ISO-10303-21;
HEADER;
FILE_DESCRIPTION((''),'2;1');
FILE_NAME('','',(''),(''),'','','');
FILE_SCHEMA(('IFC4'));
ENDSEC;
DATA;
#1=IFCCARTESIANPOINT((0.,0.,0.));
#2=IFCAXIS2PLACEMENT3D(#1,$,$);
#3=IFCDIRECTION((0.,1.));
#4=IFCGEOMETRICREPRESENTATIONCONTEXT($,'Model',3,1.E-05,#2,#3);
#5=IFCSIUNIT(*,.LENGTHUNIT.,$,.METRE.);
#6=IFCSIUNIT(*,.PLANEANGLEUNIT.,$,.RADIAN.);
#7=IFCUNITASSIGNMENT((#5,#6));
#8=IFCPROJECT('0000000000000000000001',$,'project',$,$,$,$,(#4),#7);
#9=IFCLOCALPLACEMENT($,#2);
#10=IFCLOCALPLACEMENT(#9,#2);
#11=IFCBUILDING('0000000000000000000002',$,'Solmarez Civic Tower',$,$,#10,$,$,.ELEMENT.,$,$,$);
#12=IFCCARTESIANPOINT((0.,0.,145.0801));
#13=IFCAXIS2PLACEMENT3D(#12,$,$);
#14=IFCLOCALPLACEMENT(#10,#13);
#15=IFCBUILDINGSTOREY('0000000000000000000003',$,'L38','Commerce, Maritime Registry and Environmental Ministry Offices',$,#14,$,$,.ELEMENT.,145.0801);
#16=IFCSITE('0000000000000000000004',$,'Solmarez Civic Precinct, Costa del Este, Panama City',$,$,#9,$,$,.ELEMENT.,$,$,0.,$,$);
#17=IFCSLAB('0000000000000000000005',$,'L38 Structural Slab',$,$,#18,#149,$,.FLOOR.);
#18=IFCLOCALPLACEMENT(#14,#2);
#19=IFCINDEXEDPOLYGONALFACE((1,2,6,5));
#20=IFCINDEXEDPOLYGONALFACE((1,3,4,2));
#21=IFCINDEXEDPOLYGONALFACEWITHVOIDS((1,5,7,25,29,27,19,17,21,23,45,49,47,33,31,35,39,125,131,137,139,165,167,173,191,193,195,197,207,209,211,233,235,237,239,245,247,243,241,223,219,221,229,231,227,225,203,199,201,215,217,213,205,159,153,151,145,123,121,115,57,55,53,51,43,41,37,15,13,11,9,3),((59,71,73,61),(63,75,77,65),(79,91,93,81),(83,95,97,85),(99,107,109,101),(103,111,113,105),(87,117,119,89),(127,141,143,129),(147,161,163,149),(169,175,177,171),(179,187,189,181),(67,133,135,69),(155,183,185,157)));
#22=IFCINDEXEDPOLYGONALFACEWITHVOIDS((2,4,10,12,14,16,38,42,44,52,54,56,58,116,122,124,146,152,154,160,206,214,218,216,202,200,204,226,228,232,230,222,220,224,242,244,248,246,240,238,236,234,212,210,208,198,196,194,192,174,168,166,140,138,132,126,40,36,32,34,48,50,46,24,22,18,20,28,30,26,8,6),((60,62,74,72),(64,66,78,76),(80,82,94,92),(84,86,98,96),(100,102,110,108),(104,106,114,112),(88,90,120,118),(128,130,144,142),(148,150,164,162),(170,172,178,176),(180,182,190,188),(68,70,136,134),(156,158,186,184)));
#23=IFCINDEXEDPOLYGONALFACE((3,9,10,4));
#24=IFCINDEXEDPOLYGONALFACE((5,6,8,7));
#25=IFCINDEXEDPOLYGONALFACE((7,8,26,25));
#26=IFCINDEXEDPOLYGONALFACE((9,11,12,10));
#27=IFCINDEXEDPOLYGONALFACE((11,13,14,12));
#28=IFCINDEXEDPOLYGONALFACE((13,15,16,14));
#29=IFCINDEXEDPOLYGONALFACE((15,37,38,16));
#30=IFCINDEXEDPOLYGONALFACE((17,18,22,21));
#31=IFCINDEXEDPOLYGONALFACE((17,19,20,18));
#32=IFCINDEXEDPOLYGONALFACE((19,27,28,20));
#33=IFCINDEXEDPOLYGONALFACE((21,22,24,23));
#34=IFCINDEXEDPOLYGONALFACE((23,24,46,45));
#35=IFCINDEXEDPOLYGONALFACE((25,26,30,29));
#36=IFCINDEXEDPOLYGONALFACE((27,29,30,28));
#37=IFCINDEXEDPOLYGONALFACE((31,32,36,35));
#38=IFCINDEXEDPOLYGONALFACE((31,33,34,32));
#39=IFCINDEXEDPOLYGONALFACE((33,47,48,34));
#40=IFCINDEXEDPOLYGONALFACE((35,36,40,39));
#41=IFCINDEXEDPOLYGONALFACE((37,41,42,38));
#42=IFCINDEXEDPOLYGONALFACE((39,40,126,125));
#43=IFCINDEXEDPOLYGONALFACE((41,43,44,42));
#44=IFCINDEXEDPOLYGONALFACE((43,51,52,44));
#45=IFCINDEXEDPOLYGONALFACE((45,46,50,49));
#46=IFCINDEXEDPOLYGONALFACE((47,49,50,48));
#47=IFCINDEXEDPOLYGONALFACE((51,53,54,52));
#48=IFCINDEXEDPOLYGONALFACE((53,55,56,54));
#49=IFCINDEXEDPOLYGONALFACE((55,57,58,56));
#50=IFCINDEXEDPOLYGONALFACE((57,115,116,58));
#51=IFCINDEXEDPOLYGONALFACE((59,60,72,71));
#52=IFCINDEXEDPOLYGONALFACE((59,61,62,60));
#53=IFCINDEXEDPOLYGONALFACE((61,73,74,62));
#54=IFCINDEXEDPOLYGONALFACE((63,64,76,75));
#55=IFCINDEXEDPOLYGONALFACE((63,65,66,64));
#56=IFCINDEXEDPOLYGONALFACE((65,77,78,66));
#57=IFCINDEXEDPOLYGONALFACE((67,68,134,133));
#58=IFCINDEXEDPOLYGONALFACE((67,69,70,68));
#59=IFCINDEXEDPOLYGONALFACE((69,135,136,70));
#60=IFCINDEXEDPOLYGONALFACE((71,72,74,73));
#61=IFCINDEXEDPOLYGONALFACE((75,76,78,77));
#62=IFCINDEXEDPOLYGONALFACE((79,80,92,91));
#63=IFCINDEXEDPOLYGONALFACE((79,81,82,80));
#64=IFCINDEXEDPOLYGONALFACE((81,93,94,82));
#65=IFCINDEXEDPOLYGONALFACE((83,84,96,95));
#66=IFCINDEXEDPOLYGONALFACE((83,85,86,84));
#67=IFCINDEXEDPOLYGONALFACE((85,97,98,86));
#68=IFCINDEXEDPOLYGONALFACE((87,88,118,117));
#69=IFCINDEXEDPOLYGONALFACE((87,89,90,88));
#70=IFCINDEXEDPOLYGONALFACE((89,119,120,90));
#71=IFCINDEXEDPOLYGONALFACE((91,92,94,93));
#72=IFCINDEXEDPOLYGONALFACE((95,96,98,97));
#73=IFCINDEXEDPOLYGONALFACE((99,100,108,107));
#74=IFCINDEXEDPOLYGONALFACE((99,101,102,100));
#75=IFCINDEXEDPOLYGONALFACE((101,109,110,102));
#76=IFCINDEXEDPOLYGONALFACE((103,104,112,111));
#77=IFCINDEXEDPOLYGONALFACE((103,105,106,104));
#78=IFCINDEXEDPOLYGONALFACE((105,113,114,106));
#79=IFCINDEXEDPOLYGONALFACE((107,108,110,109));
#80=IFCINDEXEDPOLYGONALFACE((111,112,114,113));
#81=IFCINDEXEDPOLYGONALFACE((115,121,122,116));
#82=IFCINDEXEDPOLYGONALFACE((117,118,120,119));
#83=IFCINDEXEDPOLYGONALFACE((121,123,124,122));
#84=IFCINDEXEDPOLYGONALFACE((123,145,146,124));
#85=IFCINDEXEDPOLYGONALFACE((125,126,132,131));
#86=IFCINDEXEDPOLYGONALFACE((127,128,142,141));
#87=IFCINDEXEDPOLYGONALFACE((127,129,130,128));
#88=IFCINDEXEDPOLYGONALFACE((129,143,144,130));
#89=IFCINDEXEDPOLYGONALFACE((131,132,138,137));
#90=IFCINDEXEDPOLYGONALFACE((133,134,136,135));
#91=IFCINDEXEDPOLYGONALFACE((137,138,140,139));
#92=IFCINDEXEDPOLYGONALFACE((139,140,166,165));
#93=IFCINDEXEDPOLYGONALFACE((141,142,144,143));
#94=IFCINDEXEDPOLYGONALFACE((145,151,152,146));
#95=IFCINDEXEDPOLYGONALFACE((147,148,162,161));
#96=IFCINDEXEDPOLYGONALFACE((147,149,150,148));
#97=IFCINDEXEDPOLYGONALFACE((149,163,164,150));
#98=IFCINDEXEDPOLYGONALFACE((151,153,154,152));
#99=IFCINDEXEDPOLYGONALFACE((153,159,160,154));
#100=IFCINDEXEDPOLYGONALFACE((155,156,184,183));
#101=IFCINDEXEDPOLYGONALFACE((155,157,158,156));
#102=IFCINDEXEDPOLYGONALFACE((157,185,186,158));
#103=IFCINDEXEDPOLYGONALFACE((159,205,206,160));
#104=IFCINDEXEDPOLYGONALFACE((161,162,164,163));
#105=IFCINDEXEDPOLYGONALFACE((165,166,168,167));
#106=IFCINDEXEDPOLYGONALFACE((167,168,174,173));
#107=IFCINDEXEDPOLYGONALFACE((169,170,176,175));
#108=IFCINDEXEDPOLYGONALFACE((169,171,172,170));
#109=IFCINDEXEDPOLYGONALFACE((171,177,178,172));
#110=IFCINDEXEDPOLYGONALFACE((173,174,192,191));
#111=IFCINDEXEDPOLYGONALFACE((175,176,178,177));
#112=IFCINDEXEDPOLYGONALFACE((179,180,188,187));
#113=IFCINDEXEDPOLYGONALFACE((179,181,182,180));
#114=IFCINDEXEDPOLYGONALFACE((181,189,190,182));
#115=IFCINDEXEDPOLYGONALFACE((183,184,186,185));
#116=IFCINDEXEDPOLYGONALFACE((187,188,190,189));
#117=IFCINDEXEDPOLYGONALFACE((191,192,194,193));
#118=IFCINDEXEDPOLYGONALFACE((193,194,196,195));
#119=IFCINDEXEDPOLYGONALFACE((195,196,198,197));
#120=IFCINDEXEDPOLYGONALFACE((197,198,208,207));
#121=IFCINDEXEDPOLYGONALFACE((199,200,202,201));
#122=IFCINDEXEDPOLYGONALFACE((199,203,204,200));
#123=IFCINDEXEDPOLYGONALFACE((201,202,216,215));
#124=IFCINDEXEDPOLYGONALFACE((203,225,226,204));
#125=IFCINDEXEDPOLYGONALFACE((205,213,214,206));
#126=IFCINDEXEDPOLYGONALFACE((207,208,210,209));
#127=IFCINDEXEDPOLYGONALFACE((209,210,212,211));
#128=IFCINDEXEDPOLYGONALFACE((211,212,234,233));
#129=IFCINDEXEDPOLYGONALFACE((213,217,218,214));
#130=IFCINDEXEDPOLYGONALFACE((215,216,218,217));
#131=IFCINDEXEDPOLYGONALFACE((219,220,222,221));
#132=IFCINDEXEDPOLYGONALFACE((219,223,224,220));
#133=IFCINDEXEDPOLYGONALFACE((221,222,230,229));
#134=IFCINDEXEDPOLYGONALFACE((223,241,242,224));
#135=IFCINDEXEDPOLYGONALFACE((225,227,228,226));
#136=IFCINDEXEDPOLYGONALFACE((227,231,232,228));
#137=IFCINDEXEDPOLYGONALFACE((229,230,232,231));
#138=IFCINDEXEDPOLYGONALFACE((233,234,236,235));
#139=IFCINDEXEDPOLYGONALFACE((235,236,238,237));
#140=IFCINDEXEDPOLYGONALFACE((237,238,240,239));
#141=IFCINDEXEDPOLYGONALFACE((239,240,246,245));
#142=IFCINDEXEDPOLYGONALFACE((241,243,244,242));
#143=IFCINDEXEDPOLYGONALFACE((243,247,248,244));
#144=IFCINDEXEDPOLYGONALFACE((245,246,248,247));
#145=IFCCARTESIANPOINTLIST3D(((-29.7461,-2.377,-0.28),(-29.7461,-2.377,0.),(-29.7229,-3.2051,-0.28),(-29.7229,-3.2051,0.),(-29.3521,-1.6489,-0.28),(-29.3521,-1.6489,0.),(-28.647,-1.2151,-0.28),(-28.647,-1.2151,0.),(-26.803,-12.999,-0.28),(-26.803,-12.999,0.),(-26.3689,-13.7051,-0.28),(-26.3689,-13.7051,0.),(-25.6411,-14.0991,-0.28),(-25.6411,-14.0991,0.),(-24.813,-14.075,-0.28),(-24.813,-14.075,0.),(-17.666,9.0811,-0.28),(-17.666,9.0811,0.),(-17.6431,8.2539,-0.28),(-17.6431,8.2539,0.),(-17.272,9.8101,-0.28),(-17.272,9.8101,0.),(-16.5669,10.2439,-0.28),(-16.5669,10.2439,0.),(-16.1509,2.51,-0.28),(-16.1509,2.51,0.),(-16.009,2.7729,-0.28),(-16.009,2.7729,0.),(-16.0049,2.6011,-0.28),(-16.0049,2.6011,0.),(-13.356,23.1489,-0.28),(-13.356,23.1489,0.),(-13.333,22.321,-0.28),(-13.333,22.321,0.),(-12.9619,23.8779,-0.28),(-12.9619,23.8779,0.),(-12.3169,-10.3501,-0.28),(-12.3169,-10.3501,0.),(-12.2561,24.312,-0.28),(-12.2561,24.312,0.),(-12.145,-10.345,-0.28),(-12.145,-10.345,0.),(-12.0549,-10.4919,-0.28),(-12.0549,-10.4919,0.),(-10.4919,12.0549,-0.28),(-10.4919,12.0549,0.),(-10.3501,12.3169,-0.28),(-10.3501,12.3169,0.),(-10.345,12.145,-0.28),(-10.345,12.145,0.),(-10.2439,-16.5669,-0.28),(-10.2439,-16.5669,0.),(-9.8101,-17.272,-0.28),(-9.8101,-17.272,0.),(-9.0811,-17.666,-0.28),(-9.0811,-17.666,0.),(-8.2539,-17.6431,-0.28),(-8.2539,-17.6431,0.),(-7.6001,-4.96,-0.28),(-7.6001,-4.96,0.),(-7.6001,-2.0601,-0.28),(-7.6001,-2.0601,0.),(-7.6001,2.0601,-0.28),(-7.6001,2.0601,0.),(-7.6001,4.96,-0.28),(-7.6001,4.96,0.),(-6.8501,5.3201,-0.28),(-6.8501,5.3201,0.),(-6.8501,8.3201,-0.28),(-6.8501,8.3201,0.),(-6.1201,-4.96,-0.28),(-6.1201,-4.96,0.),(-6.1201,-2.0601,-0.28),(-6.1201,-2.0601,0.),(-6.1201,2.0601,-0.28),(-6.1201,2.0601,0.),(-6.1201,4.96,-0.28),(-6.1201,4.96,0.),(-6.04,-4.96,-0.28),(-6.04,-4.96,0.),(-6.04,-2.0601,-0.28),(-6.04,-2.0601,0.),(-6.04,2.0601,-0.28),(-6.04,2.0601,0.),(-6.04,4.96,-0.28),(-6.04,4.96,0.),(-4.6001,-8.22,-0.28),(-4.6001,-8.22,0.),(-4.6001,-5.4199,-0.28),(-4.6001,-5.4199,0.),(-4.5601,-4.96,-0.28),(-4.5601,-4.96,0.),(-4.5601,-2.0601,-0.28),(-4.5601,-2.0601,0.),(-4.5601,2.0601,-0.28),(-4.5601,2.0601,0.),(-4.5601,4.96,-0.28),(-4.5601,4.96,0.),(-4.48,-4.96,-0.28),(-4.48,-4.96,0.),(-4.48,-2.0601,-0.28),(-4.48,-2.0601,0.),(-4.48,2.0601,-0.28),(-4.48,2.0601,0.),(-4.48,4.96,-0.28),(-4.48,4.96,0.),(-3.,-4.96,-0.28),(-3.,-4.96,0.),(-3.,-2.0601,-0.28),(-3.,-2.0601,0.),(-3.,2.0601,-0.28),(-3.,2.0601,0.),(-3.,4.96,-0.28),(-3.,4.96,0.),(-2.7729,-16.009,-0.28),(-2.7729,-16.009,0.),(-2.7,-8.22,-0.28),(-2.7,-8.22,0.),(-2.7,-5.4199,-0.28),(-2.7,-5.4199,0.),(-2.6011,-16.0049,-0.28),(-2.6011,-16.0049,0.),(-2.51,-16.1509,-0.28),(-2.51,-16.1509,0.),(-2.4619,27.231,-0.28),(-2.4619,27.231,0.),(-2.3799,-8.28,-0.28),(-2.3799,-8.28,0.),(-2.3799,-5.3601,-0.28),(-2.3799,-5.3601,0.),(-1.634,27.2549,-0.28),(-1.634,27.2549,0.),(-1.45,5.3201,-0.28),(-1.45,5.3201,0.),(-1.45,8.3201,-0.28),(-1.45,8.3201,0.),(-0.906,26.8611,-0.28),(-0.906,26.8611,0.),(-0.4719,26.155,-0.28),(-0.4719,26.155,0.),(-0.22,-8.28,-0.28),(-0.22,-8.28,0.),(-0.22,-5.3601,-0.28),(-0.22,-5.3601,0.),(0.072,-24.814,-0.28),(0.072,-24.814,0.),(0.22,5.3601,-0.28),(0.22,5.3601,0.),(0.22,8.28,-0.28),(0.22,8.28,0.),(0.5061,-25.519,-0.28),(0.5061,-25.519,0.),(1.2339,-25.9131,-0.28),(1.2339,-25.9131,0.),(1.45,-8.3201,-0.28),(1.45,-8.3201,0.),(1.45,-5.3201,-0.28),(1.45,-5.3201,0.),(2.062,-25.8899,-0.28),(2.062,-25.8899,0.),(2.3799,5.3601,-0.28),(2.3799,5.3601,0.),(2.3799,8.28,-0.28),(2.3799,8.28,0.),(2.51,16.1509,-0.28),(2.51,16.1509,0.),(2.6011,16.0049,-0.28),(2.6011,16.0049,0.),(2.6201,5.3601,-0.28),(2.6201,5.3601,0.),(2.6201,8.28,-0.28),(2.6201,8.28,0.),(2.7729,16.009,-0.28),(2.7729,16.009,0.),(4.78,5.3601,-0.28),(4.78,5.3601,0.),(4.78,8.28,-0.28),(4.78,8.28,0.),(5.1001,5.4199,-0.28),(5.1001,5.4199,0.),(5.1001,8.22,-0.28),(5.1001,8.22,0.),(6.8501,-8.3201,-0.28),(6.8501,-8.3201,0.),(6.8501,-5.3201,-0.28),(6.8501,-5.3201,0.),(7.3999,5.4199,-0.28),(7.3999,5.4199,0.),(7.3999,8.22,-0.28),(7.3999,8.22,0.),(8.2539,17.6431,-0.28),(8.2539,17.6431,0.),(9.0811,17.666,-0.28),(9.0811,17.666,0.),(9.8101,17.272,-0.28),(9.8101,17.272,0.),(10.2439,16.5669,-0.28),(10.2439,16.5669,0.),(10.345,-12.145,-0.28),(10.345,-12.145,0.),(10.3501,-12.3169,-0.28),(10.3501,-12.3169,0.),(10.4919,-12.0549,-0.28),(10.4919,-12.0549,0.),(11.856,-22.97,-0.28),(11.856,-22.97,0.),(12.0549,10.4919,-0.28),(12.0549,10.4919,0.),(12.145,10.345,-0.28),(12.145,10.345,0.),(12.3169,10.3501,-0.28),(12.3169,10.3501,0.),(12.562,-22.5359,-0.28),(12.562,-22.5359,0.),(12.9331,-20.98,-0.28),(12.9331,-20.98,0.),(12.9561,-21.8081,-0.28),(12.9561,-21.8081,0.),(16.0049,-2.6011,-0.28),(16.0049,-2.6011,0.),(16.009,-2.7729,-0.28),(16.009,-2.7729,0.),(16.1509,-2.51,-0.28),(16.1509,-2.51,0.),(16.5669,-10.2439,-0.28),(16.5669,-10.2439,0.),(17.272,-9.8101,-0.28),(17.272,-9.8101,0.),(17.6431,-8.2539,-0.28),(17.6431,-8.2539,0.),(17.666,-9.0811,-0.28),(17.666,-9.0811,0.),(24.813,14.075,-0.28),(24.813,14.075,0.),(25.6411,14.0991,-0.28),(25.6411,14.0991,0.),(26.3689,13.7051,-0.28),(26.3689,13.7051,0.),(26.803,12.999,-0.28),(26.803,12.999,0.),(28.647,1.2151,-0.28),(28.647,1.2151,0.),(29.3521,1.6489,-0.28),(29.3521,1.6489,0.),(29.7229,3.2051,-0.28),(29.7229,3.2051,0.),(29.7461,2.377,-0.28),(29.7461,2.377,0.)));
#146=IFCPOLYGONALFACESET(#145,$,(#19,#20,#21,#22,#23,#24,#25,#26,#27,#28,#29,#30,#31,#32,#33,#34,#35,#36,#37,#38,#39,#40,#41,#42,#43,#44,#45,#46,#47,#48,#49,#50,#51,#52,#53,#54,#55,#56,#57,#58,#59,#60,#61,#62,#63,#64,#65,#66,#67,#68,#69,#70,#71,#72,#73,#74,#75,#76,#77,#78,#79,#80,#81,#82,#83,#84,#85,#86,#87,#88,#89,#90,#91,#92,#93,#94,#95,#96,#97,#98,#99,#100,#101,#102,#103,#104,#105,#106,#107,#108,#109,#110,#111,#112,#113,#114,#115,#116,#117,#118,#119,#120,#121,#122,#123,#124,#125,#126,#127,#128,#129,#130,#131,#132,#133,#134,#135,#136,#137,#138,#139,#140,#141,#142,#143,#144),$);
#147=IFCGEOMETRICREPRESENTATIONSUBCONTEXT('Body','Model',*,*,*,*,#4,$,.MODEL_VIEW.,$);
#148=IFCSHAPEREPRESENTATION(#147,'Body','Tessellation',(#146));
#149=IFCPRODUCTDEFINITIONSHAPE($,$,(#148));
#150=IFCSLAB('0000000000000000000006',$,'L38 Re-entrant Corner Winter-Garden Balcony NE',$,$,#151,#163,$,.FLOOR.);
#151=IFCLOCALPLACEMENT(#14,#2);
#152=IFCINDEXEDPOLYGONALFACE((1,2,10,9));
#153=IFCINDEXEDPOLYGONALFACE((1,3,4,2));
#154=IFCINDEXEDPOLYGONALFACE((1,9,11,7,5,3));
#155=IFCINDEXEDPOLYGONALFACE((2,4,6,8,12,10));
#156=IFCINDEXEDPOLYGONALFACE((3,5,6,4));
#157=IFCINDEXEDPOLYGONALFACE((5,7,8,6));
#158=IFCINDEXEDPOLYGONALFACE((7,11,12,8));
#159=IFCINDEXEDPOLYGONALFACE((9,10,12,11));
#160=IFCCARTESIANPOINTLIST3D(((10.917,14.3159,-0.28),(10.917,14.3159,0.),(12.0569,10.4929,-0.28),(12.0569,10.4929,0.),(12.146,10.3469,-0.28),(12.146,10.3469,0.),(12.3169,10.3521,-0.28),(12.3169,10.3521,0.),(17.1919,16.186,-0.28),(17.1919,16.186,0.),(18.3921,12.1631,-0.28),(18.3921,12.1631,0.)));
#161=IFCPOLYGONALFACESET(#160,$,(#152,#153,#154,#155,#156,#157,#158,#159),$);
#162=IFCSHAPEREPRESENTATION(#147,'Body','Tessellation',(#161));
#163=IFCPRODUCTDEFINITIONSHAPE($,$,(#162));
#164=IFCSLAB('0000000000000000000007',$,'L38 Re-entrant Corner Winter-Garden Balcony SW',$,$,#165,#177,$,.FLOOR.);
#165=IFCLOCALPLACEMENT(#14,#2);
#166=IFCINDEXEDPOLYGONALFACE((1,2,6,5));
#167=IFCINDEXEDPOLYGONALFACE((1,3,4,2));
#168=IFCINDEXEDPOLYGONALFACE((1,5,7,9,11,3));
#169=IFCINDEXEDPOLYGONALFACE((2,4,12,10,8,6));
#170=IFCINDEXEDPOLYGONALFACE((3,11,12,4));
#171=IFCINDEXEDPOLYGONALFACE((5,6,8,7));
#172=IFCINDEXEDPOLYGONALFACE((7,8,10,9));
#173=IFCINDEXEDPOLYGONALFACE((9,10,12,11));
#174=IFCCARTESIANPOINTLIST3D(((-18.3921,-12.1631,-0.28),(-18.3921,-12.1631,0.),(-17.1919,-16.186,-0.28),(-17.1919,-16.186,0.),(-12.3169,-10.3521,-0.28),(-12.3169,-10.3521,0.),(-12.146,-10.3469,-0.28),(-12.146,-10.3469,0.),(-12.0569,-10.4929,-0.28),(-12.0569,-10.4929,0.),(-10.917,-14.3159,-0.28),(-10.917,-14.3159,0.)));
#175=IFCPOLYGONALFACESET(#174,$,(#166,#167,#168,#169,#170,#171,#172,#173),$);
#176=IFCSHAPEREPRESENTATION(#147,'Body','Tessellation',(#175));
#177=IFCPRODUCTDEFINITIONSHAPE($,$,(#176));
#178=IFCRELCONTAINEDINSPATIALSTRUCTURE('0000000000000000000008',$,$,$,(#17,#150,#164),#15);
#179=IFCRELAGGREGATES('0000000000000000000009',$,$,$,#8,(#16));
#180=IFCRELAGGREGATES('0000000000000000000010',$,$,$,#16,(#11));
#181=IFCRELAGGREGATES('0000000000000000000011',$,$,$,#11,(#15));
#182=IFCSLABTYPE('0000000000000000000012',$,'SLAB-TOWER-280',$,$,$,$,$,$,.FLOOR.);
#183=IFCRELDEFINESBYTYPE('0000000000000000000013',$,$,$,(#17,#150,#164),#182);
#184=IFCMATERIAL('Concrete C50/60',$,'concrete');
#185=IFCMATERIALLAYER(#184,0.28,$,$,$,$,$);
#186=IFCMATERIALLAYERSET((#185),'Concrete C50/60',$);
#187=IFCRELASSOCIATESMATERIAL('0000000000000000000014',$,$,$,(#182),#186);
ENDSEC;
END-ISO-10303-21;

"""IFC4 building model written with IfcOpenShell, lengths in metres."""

from ifc_helpers import new_model, si_unit, direction, frame, origin, place, context, subcontext, project, spatial, polyline, outline, extrude, material, layer, layer_set, type_object, element, save


model = new_model("IFC4")

# Units and contexts
model_context = context("Model", 3, precision=1e-05, world=origin(), true_north=direction((0.0, 1.0)))
body_context = subcontext(model_context, "Body", "Model", "MODEL_VIEW")
ifc_project = project(units=[si_unit("LENGTHUNIT", "METRE"), si_unit("PLANEANGLEUNIT", "RADIAN")], contexts=[model_context])

# Site, building, storey
site_placement = place(None, origin())
site = spatial("IfcSite", under=ifc_project, at=site_placement, Name="Solmarez Civic Precinct, Costa del Este, Panama City", CompositionType="ELEMENT", RefElevation=0.0)
building_placement = place(site_placement, origin())
building = spatial("IfcBuilding", under=site, at=building_placement, Name="Solmarez Civic Tower", CompositionType="ELEMENT")
storey_placement = place(building_placement, frame((0.0, 0.0, 145.0801)))
storey = spatial("IfcBuildingStorey", under=building, at=storey_placement, Name="L38", Description="Commerce, Maritime Registry and Environmental Ministry Offices", CompositionType="ELEMENT", Elevation=145.0801)

# Shared definitions
ifc_material_1 = material(Name="Concrete C50/60", Category="concrete")

# Slabs
ifc_layer_1 = layer(ifc_material_1, 0.28)
ifc_layer_set_1 = layer_set([ifc_layer_1], Name="Concrete C50/60")
slab_type = type_object("IfcSlabType", Name="SLAB-TOWER-280", PredefinedType="FLOOR", material=ifc_layer_set_1)
slab_1_placement = place(storey_placement, frame((0.0, 0.0, -0.28)))
element("IfcSlab", 1, at=slab_1_placement, inside=storey, type_object=slab_type, Name="L38 Structural Slab", PredefinedType="FLOOR", context=body_context, shape_type="SweptSolid", body=[
    extrude(outline(polyline([(-12.0549, -10.4919), (-10.2439, -16.5669), (-9.8101, -17.272), (-9.0811, -17.666), (-8.2539, -17.6431), (-2.7729, -16.009), (-2.6011, -16.0049), (-2.51, -16.1509), (0.072, -24.814), (0.5061, -25.519), (1.2339, -25.9131), (2.062, -25.8899), (11.856, -22.97), (12.562, -22.5359), (12.9561, -21.8081), (12.9331, -20.98), (10.3501, -12.3169), (10.345, -12.145), (10.4919, -12.0549), (16.5669, -10.2439), (17.272, -9.8101), (17.666, -9.0811), (17.6431, -8.2539), (16.009, -2.7729), (16.0049, -2.6011), (16.1509, -2.51), (28.647, 1.2151), (29.3521, 1.6489), (29.7461, 2.377), (29.7229, 3.2051), (26.803, 12.999), (26.3689, 13.7051), (25.6411, 14.0991), (24.813, 14.075), (12.3169, 10.3501), (12.145, 10.345), (12.0549, 10.4919), (10.2439, 16.5669), (9.8101, 17.272), (9.0811, 17.666), (8.2539, 17.6431), (2.7729, 16.009), (2.6011, 16.0049), (2.51, 16.1509), (-0.4719, 26.155), (-0.906, 26.8611), (-1.634, 27.2549), (-2.4619, 27.231), (-12.2561, 24.312), (-12.9619, 23.8779), (-13.356, 23.1489), (-13.333, 22.321), (-10.3501, 12.3169), (-10.345, 12.145), (-10.4919, 12.0549), (-16.5669, 10.2439), (-17.272, 9.8101), (-17.666, 9.0811), (-17.6431, 8.2539), (-16.009, 2.7729), (-16.0049, 2.6011), (-16.1509, 2.51), (-28.647, -1.2151), (-29.3521, -1.6489), (-29.7461, -2.377), (-29.7229, -3.2051), (-26.803, -12.999), (-26.3689, -13.7051), (-25.6411, -14.0991), (-24.813, -14.075), (-12.3169, -10.3501), (-12.145, -10.345), (-12.0549, -10.4919)]), holes=[polyline([(-1.45, 8.3201), (-6.8501, 8.3201), (-6.8501, 5.3201), (-1.45, 5.3201), (-1.45, 8.3201)]), polyline([(1.45, -8.3201), (6.8501, -8.3201), (6.8501, -5.3201), (1.45, -5.3201), (1.45, -8.3201)]), polyline([(0.22, 5.3601), (2.3799, 5.3601), (2.3799, 8.28), (0.22, 8.28), (0.22, 5.3601)]), polyline([(2.6201, 5.3601), (4.78, 5.3601), (4.78, 8.28), (2.6201, 8.28), (2.6201, 5.3601)]), polyline([(-2.3799, -8.28), (-0.22, -8.28), (-0.22, -5.3601), (-2.3799, -5.3601), (-2.3799, -8.28)]), polyline([(-7.6001, -4.96), (-6.1201, -4.96), (-6.1201, -2.0601), (-7.6001, -2.0601), (-7.6001, -4.96)]), polyline([(-6.04, -4.96), (-4.5601, -4.96), (-4.5601, -2.0601), (-6.04, -2.0601), (-6.04, -4.96)]), polyline([(-4.48, -4.96), (-3.0, -4.96), (-3.0, -2.0601), (-4.48, -2.0601), (-4.48, -4.96)]), polyline([(-7.6001, 2.0601), (-6.1201, 2.0601), (-6.1201, 4.96), (-7.6001, 4.96), (-7.6001, 2.0601)]), polyline([(-6.04, 2.0601), (-4.5601, 2.0601), (-4.5601, 4.96), (-6.04, 4.96), (-6.04, 2.0601)]), polyline([(-4.48, 2.0601), (-3.0, 2.0601), (-3.0, 4.96), (-4.48, 4.96), (-4.48, 2.0601)]), polyline([(5.1001, 5.4199), (7.3999, 5.4199), (7.3999, 8.22), (5.1001, 8.22), (5.1001, 5.4199)]), polyline([(-4.6001, -8.22), (-2.7, -8.22), (-2.7, -5.4199), (-4.6001, -5.4199), (-4.6001, -8.22)])]), origin(), (0.0, 0.0, 1.0), 0.28),
])
slab_2_placement = place(storey_placement, frame((0.0, 0.0, -0.28)))
element("IfcSlab", 2, at=slab_2_placement, inside=storey, type_object=slab_type, Name="L38 Re-entrant Corner Winter-Garden Balcony NE", PredefinedType="FLOOR", context=body_context, shape_type="SweptSolid", body=[
    extrude(outline(polyline([(10.917, 14.3159), (12.0569, 10.4929), (12.146, 10.3469), (12.3169, 10.3521), (18.3921, 12.1631), (17.1919, 16.186), (10.917, 14.3159)])), origin(), (0.0, 0.0, 1.0), 0.28),
])
slab_3_placement = place(storey_placement, frame((0.0, 0.0, -0.28)))
element("IfcSlab", 3, at=slab_3_placement, inside=storey, type_object=slab_type, Name="L38 Re-entrant Corner Winter-Garden Balcony SW", PredefinedType="FLOOR", context=body_context, shape_type="SweptSolid", body=[
    extrude(outline(polyline([(-10.917, -14.3159), (-12.0569, -10.4929), (-12.146, -10.3469), (-12.3169, -10.3521), (-18.3921, -12.1631), (-17.1919, -16.186), (-10.917, -14.3159)])), origin(), (0.0, 0.0, 1.0), 0.28),
])

save(model, "model.ifc")
